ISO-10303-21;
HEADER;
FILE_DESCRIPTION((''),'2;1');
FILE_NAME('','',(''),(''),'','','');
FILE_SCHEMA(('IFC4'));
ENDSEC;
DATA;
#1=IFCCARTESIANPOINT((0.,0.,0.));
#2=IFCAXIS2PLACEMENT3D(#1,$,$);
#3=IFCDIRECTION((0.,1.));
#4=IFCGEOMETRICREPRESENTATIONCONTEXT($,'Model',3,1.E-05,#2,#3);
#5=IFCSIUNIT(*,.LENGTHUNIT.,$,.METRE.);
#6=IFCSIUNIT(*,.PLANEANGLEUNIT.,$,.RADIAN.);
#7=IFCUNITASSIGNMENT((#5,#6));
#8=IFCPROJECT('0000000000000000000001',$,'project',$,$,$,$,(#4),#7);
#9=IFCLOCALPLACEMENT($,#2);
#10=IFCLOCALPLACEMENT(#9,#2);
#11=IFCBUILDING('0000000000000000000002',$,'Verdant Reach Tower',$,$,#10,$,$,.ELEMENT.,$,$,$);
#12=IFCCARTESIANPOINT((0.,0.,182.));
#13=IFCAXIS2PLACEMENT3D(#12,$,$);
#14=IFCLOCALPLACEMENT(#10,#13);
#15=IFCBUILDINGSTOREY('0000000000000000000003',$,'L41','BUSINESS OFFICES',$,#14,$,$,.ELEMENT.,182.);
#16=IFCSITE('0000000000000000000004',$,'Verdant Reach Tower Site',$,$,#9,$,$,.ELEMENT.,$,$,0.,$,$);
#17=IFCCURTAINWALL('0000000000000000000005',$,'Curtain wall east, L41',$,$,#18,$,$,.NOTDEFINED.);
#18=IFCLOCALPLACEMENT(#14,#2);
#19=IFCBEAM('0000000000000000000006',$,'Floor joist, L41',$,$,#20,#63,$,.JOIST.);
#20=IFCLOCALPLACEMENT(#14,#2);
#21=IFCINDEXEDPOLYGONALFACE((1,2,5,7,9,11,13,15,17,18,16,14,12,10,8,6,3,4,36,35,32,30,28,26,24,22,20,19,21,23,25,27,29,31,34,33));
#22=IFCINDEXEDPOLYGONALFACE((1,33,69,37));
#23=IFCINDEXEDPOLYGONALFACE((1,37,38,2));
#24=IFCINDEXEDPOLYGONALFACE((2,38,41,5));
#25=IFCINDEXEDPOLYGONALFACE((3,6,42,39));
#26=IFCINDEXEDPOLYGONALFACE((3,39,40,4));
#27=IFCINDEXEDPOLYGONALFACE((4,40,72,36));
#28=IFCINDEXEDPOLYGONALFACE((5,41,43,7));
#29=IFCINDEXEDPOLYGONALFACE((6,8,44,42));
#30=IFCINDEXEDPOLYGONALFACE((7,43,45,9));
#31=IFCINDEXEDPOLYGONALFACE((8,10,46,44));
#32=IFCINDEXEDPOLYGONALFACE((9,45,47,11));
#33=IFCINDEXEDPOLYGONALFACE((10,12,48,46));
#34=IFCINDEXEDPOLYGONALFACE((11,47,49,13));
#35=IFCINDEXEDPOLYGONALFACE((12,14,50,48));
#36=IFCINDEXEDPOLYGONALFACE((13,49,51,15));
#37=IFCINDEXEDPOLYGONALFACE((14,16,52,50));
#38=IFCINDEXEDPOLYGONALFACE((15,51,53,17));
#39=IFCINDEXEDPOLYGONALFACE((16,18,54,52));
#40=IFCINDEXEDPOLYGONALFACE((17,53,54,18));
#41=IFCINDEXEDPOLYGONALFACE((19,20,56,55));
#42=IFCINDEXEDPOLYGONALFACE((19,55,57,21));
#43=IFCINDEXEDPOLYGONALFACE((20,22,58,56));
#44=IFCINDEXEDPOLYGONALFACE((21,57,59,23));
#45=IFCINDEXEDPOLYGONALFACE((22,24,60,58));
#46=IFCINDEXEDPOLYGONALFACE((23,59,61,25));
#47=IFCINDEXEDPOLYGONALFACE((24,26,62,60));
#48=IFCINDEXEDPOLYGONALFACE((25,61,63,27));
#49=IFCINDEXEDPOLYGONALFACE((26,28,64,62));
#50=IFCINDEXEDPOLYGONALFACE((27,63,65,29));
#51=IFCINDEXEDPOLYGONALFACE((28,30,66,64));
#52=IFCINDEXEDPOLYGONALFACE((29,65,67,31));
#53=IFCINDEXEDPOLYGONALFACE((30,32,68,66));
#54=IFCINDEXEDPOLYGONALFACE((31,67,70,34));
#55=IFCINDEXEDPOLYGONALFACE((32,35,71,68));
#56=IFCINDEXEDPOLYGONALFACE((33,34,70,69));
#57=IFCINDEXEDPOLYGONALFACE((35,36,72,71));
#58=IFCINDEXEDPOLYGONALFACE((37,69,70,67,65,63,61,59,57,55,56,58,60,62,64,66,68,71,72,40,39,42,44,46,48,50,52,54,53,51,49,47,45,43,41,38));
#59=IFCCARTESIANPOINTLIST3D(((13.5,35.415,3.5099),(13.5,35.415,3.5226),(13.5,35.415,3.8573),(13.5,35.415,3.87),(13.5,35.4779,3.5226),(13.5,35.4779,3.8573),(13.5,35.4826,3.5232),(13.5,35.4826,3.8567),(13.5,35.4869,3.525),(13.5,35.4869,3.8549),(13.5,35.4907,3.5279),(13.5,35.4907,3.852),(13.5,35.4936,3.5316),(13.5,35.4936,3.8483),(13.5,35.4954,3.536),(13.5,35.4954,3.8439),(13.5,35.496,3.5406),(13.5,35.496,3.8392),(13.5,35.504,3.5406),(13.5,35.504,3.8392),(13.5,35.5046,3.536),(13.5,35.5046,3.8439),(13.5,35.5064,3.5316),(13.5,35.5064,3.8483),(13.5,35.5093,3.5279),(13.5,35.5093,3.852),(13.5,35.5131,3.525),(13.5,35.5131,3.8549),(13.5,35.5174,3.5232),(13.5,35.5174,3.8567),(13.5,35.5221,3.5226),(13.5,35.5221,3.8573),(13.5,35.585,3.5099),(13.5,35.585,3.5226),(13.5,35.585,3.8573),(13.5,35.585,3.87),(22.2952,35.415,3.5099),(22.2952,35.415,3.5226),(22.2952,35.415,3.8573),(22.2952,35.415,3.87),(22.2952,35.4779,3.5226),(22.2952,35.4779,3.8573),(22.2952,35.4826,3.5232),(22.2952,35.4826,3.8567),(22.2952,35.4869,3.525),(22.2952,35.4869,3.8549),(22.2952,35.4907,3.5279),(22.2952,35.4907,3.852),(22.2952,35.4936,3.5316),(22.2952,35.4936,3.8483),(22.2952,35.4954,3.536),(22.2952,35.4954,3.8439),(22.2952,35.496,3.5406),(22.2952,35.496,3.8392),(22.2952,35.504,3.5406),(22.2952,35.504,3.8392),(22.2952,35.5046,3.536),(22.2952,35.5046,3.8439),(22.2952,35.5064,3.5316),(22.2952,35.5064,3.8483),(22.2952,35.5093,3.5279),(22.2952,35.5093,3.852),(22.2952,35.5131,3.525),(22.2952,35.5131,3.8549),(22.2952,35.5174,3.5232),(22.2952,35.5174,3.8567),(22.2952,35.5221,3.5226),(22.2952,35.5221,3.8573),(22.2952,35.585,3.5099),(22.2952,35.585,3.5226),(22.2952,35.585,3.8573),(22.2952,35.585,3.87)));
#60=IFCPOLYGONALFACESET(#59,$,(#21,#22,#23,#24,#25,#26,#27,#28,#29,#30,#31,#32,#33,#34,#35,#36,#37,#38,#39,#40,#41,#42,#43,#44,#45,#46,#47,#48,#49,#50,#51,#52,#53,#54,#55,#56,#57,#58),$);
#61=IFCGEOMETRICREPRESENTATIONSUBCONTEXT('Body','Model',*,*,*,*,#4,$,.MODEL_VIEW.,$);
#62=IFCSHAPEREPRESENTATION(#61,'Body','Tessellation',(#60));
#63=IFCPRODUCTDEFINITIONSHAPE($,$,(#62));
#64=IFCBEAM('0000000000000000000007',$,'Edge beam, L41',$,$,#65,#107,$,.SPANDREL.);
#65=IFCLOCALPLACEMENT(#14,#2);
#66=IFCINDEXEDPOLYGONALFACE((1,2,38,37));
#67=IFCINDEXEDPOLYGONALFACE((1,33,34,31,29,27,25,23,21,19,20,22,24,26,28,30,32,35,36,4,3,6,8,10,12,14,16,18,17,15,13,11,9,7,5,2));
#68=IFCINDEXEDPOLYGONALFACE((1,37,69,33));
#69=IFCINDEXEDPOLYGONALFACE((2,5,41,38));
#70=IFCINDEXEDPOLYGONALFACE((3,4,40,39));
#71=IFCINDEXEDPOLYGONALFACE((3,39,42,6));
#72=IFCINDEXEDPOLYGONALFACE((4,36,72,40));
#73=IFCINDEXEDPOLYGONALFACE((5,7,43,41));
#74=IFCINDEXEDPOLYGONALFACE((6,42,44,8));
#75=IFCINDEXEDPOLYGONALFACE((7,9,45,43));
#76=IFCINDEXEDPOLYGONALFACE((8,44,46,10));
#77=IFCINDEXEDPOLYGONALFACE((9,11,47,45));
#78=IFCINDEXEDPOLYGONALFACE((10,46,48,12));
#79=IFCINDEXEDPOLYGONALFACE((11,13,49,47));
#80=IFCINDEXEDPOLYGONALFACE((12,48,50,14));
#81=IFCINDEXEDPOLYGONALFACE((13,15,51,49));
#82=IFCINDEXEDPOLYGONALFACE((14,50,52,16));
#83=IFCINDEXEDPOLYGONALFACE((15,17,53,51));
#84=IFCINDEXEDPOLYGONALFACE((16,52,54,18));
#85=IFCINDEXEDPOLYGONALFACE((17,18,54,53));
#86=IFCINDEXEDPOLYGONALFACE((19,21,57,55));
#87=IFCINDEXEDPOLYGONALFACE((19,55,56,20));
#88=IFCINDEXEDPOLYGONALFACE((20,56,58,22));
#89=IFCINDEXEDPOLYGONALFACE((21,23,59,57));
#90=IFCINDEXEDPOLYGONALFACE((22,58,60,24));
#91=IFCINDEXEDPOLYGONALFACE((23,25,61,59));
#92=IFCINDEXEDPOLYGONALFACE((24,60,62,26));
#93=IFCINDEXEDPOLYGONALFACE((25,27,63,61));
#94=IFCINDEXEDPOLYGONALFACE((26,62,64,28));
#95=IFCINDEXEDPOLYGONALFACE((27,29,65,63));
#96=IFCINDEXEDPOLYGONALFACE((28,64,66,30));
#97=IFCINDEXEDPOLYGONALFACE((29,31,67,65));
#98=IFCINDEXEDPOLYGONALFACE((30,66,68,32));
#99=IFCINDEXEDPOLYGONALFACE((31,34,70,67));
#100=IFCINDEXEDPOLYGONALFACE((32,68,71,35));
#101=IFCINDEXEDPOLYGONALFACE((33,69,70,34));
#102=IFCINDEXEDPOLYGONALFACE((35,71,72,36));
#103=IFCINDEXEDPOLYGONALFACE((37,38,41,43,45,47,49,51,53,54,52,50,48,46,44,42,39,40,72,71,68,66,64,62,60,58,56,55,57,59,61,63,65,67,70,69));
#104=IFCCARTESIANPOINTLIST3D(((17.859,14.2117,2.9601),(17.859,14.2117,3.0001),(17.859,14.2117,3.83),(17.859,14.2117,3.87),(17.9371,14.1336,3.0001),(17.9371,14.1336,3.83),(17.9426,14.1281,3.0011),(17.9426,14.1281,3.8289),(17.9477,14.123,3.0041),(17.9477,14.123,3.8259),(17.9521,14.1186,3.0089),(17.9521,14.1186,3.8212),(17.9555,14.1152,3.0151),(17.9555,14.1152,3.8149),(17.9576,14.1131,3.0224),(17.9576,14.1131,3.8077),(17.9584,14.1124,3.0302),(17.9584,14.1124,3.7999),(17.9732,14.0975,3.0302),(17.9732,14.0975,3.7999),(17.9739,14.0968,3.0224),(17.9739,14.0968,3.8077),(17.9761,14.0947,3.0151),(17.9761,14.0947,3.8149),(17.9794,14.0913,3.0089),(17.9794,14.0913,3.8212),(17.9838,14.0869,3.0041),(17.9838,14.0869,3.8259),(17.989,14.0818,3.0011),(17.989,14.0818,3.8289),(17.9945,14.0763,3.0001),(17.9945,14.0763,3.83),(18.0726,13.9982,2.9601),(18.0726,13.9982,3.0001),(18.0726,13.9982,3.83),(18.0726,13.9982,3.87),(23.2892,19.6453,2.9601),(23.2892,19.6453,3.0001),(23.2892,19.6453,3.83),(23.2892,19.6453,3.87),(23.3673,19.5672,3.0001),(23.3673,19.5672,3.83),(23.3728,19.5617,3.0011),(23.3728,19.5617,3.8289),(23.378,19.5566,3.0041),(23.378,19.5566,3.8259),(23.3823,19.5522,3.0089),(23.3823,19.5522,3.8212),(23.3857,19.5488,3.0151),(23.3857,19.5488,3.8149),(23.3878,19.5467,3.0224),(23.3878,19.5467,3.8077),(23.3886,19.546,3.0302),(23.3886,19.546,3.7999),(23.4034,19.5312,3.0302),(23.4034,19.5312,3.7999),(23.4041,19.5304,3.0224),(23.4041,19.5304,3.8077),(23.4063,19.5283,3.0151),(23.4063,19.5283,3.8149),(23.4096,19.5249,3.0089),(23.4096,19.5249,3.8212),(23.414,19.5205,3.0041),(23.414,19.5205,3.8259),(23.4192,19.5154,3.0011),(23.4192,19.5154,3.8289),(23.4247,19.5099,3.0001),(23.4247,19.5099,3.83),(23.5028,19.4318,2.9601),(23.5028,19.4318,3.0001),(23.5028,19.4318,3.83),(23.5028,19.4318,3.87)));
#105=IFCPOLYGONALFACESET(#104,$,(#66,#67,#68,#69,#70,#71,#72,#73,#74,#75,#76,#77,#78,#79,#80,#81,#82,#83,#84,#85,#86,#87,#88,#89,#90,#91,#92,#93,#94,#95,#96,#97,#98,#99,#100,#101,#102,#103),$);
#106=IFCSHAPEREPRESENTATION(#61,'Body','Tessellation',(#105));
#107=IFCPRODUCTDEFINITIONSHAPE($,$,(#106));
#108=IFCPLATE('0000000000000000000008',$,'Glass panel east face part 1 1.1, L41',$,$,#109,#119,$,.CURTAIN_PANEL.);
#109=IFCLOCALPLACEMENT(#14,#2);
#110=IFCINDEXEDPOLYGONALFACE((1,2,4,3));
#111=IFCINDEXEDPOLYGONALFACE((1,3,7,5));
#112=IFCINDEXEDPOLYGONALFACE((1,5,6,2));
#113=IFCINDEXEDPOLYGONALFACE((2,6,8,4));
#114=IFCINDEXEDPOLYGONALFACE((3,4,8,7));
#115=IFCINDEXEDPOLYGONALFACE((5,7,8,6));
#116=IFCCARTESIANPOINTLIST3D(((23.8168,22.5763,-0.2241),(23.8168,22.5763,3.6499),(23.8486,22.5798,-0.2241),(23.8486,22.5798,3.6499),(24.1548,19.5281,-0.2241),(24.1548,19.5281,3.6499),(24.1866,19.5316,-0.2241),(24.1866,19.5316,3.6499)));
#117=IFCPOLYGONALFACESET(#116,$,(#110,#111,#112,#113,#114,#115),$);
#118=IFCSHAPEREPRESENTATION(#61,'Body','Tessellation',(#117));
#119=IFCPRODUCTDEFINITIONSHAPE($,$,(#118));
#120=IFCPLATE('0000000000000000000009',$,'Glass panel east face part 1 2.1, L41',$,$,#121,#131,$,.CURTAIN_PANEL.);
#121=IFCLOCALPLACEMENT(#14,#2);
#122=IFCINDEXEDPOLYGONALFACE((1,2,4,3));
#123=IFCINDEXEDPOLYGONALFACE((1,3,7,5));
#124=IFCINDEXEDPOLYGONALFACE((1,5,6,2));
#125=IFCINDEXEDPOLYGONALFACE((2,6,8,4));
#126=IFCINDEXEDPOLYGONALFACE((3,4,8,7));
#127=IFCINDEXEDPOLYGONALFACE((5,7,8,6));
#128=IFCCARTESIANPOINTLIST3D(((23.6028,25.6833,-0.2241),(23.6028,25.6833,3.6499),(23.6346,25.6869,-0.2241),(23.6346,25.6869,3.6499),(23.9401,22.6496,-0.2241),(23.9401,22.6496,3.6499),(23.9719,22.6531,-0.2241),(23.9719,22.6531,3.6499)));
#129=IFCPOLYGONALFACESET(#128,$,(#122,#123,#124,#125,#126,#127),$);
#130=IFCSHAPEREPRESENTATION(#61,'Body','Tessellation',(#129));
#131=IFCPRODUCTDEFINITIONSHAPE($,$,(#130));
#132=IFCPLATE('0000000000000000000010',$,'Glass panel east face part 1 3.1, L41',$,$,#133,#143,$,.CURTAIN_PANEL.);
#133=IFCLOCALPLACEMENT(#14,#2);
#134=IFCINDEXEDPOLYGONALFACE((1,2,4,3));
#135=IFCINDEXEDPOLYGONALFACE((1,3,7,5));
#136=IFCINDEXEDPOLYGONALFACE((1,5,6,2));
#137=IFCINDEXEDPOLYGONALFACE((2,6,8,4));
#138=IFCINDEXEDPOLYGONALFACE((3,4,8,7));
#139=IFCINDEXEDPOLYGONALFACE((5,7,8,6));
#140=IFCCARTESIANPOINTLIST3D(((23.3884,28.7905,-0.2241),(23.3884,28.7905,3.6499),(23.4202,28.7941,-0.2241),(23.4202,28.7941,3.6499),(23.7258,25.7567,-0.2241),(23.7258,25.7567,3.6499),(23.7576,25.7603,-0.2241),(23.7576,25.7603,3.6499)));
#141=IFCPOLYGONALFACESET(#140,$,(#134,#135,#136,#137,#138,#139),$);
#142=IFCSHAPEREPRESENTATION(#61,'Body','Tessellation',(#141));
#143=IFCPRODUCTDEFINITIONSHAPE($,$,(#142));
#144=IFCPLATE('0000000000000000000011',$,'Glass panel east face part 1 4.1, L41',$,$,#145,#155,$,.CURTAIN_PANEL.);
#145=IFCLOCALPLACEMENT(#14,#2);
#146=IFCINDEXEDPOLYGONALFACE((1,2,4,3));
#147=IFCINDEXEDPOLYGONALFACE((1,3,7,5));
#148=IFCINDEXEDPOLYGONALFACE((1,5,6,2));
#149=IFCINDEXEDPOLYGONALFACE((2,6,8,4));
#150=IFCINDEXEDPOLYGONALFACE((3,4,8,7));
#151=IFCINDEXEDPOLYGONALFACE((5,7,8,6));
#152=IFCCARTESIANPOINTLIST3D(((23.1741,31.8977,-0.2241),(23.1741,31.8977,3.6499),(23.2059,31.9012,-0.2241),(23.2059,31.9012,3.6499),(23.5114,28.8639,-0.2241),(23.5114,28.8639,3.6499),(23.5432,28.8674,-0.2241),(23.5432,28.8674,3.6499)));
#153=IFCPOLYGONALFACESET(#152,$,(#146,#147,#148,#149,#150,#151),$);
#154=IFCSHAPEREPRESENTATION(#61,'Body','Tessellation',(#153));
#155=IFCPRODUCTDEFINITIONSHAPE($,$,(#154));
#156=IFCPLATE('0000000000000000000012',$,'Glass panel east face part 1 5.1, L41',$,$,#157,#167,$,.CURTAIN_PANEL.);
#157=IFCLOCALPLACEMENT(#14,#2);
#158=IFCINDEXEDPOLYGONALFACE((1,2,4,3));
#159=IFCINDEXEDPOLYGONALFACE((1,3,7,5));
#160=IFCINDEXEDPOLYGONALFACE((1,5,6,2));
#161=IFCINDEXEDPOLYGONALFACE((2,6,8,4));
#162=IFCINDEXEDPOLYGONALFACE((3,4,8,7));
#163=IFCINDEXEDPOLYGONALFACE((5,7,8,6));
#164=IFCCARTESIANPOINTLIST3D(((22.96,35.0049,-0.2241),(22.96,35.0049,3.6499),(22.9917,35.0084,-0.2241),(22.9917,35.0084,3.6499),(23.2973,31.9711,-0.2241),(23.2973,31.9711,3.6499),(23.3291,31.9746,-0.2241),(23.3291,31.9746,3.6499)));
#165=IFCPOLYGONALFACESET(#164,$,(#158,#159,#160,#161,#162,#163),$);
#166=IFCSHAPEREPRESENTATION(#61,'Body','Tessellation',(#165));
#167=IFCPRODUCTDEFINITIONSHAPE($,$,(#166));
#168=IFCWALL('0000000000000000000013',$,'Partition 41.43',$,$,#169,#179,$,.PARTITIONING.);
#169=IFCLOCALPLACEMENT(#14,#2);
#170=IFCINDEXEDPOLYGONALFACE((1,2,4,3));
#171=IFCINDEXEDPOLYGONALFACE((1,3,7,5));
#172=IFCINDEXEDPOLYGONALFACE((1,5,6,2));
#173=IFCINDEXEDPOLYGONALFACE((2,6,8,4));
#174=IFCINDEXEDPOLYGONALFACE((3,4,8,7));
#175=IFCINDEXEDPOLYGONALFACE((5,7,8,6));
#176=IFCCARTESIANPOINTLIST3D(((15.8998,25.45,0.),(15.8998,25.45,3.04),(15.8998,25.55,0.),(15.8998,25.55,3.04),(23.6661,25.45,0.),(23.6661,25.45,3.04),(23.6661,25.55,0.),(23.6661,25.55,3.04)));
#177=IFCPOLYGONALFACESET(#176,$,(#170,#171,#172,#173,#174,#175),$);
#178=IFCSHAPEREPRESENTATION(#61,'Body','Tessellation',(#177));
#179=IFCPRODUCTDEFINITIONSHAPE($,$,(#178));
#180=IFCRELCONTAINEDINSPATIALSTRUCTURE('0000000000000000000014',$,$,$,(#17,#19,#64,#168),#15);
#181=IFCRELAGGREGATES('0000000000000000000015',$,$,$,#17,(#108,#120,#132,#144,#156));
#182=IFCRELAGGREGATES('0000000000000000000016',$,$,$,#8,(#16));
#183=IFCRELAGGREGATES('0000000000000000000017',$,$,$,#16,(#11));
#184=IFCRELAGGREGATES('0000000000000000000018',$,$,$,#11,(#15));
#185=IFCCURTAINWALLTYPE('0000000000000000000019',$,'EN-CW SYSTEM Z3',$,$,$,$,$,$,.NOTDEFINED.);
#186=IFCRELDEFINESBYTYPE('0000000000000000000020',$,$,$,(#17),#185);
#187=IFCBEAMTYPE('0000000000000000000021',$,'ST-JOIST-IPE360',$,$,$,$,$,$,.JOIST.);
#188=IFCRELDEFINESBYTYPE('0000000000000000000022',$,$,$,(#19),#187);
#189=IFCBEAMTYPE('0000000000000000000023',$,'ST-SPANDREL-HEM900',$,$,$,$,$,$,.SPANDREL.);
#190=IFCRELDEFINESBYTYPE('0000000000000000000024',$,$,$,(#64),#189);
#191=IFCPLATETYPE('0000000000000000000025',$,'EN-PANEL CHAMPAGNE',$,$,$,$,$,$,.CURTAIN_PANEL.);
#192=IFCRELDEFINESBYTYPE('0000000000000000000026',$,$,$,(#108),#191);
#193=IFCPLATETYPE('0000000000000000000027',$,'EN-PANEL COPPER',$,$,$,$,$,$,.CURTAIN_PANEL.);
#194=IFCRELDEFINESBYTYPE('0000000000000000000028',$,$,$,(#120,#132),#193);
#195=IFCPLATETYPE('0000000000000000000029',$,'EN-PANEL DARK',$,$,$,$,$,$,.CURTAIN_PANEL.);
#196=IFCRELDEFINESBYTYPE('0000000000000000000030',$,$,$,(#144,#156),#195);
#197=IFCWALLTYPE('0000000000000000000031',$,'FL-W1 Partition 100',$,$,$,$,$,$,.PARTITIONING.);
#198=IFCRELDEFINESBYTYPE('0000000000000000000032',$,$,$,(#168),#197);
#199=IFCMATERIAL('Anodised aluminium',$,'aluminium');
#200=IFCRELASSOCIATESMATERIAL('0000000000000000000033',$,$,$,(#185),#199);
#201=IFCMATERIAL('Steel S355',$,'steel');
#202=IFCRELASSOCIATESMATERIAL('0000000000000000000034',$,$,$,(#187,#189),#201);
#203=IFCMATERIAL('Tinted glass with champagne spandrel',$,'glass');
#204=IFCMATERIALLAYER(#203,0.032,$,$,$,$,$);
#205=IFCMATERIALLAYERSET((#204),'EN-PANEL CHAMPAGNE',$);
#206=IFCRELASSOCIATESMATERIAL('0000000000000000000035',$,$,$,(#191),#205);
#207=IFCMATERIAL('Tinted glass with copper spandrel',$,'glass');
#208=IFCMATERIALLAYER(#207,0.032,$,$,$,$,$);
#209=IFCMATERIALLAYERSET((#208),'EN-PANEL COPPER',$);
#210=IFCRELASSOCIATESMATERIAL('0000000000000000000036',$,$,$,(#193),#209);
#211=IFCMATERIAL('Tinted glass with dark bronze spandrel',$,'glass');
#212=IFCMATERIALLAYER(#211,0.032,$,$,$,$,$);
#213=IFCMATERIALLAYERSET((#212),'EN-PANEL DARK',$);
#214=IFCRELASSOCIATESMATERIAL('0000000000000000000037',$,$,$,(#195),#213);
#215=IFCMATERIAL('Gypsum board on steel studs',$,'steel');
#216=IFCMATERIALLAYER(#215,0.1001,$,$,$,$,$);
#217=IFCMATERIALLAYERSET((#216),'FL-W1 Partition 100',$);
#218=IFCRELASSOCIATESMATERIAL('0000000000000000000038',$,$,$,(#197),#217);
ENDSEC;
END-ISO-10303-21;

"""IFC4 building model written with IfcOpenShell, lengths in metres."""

from ifc_helpers import new_model, si_unit, direction, frame, frame_2d, origin, origin_2d, place, context, subcontext, project, spatial, rectangle, i_section, extrude, material, layer, layer_set, material_profile, profile_set, type_object, element, aggregate, save


model = new_model("IFC4")

# Units and contexts
model_context = context("Model", 3, precision=1e-05, world=origin(), true_north=direction((0.0, 1.0)))
body_context = subcontext(model_context, "Body", "Model", "MODEL_VIEW")
ifc_project = project(units=[si_unit("LENGTHUNIT", "METRE"), si_unit("PLANEANGLEUNIT", "RADIAN")], contexts=[model_context])

# Site, building, storey
site_placement = place(None, origin())
site = spatial("IfcSite", under=ifc_project, at=site_placement, Name="Verdant Reach Tower Site", CompositionType="ELEMENT", RefElevation=0.0)
building_placement = place(site_placement, origin())
building = spatial("IfcBuilding", under=site, at=building_placement, Name="Verdant Reach Tower", CompositionType="ELEMENT")
storey_placement = place(building_placement, frame((0.0, 0.0, 182.0)))
storey = spatial("IfcBuildingStorey", under=building, at=storey_placement, Name="L41", Description="BUSINESS OFFICES", CompositionType="ELEMENT", Elevation=182.0)

# Curtain wall
ifc_material_1 = material(Name="Anodised aluminium", Category="aluminium")
curtain_wall_type = type_object("IfcCurtainWallType", Name="EN-CW SYSTEM Z3", PredefinedType="NOTDEFINED", material=ifc_material_1)
curtain_wall_placement = place(storey_placement, origin())
curtain_wall = element("IfcCurtainWall", 1, at=curtain_wall_placement, inside=storey, type_object=curtain_wall_type, Name="Curtain wall east, L41", PredefinedType="NOTDEFINED")

# Beams
ifc_material_2 = material(Name="Steel S355", Category="steel")
ifc_material_profile_1 = material_profile(ifc_material_2, i_section(OverallWidth=0.1699, OverallDepth=0.3601, WebThickness=0.0081, FlangeThickness=0.0127, FilletRadius=0.0181, at=origin_2d()), Name="IPE 360")
ifc_profile_set_1 = profile_set([ifc_material_profile_1], Name="Steel S355")
beam_type_1 = type_object("IfcBeamType", Name="ST-JOIST-IPE360", PredefinedType="JOIST", material=ifc_profile_set_1)
beam_1_placement = place(storey_placement, frame((13.5, 35.5, 3.6899), z_axis=(1.0, 0.0, 0.0), x_axis=(0.0, 1.0, 0.0)))
element("IfcBeam", 2, at=beam_1_placement, inside=storey, type_object=beam_type_1, Name="Floor joist, L41", PredefinedType="JOIST", context=body_context, shape_type="SweptSolid", body=[
    extrude(i_section(OverallWidth=0.1699, OverallDepth=0.3601, WebThickness=0.0081, FlangeThickness=0.0127, FilletRadius=0.0181, at=origin_2d()), origin(), (0.0, 0.0, 1.0), 8.7952),
])
ifc_material_profile_2 = material_profile(ifc_material_2, i_section(OverallWidth=0.302, OverallDepth=0.9099, WebThickness=0.021, FlangeThickness=0.04, FilletRadius=0.03, at=origin_2d()), Name="HEM 900")
ifc_profile_set_2 = profile_set([ifc_material_profile_2], Name="Steel S355")
beam_type_2 = type_object("IfcBeamType", Name="ST-SPANDREL-HEM900", PredefinedType="SPANDREL", material=ifc_profile_set_2)
beam_2_placement = place(storey_placement, frame((23.396, 19.5386, 3.415), z_axis=(-0.706884, -0.707329, 0.0), x_axis=(0.707329, -0.706884, 0.0)))
element("IfcBeam", 3, at=beam_2_placement, inside=storey, type_object=beam_type_2, Name="Edge beam, L41", PredefinedType="SPANDREL", context=body_context, shape_type="SweptSolid", body=[
    extrude(i_section(OverallWidth=0.302, OverallDepth=0.9099, WebThickness=0.021, FlangeThickness=0.04, FilletRadius=0.03, at=origin_2d()), origin(), (0.0, 0.0, 1.0), 7.6819),
])

# Plates
ifc_material_3 = material(Name="Tinted glass with champagne spandrel", Category="glass")
ifc_layer_1 = layer(ifc_material_3, 0.032)
ifc_layer_set_1 = layer_set([ifc_layer_1], Name="EN-PANEL CHAMPAGNE")
plate_type_1 = type_object("IfcPlateType", Name="EN-PANEL CHAMPAGNE", PredefinedType="CURTAIN_PANEL", material=ifc_layer_set_1)
plate_1_placement = place(storey_placement, frame((24.0017, 21.054, -0.2241), z_axis=(0.0, 0.0, 1.0), x_axis=(-0.110214, 0.993908, 0.0)))
plate_1 = element("IfcPlate", 4, at=plate_1_placement, type_object=plate_type_1, Name="Glass panel east face part 1 1.1, L41", PredefinedType="CURTAIN_PANEL", context=body_context, shape_type="SweptSolid", body=[
    extrude(rectangle(XDim=3.0669, YDim=0.032, at=origin_2d()), origin(), (0.0, 0.0, 1.0), 3.874),
])
ifc_material_4 = material(Name="Tinted glass with copper spandrel", Category="glass")
ifc_layer_2 = layer(ifc_material_4, 0.032)
ifc_layer_set_2 = layer_set([ifc_layer_2], Name="EN-PANEL COPPER")
plate_type_2 = type_object("IfcPlateType", Name="EN-PANEL COPPER", PredefinedType="CURTAIN_PANEL", material=ifc_layer_set_2)
plate_2_placement = place(storey_placement, frame((23.7874, 24.1682, -0.2241), z_axis=(0.0, 0.0, 1.0), x_axis=(-0.110518, 0.993874, 0.0)))
plate_2 = element("IfcPlate", 5, at=plate_2_placement, type_object=plate_type_2, Name="Glass panel east face part 1 2.1, L41", PredefinedType="CURTAIN_PANEL", context=body_context, shape_type="SweptSolid", body=[
    extrude(rectangle(XDim=3.0525, YDim=0.032, at=origin_2d()), origin(), (0.0, 0.0, 1.0), 3.874),
])
plate_3_placement = place(storey_placement, frame((23.573, 27.2754, -0.2241), z_axis=(0.0, 0.0, 1.0), x_axis=(-0.110518, 0.993874, 0.0)))
plate_3 = element("IfcPlate", 6, at=plate_3_placement, type_object=plate_type_2, Name="Glass panel east face part 1 3.1, L41", PredefinedType="CURTAIN_PANEL", context=body_context, shape_type="SweptSolid", body=[
    extrude(rectangle(XDim=3.0525, YDim=0.032, at=origin_2d()), origin(), (0.0, 0.0, 1.0), 3.874),
])
ifc_material_5 = material(Name="Tinted glass with dark bronze spandrel", Category="glass")
ifc_layer_3 = layer(ifc_material_5, 0.032)
ifc_layer_set_3 = layer_set([ifc_layer_3], Name="EN-PANEL DARK")
plate_type_3 = type_object("IfcPlateType", Name="EN-PANEL DARK", PredefinedType="CURTAIN_PANEL", material=ifc_layer_set_3)
plate_4_placement = place(storey_placement, frame((23.3586, 30.3826, -0.2241), z_axis=(0.0, 0.0, 1.0), x_axis=(-0.110518, 0.993874, 0.0)))
plate_4 = element("IfcPlate", 7, at=plate_4_placement, type_object=plate_type_3, Name="Glass panel east face part 1 4.1, L41", PredefinedType="CURTAIN_PANEL", context=body_context, shape_type="SweptSolid", body=[
    extrude(rectangle(XDim=3.0525, YDim=0.032, at=origin_2d()), origin(), (0.0, 0.0, 1.0), 3.874),
])
plate_5_placement = place(storey_placement, frame((23.1445, 33.4897, -0.2241), z_axis=(0.0, 0.0, 1.0), x_axis=(-0.110518, 0.993874, 0.0)))
plate_5 = element("IfcPlate", 8, at=plate_5_placement, type_object=plate_type_3, Name="Glass panel east face part 1 5.1, L41", PredefinedType="CURTAIN_PANEL", context=body_context, shape_type="SweptSolid", body=[
    extrude(rectangle(XDim=3.0525, YDim=0.032, at=origin_2d()), origin(), (0.0, 0.0, 1.0), 3.874),
])
aggregate(curtain_wall, [plate_1, plate_2, plate_3, plate_4, plate_5])

# Wall
ifc_material_6 = material(Name="Gypsum board on steel studs", Category="steel")
ifc_layer_4 = layer(ifc_material_6, 0.1001)
ifc_layer_set_4 = layer_set([ifc_layer_4], Name="FL-W1 Partition 100")
wall_type_1 = type_object("IfcWallType", Name="FL-W1 Partition 100", PredefinedType="PARTITIONING", material=ifc_layer_set_4)
wall_1_placement = place(storey_placement, frame((23.6663, 25.5, 0.0), z_axis=(0.0, 0.0, 1.0), x_axis=(-1.0, 0.0, 0.0)))
element("IfcWall", 9, at=wall_1_placement, inside=storey, type_object=wall_type_1, Name="Partition 41.43", PredefinedType="PARTITIONING", context=body_context, shape_type="SweptSolid", body=[
    extrude(rectangle(XDim=7.7664, YDim=0.1001, at=frame_2d((3.8833, 0.0))), origin(), (0.0, 0.0, 1.0), 3.04),
])

save(model, "model.ifc")
